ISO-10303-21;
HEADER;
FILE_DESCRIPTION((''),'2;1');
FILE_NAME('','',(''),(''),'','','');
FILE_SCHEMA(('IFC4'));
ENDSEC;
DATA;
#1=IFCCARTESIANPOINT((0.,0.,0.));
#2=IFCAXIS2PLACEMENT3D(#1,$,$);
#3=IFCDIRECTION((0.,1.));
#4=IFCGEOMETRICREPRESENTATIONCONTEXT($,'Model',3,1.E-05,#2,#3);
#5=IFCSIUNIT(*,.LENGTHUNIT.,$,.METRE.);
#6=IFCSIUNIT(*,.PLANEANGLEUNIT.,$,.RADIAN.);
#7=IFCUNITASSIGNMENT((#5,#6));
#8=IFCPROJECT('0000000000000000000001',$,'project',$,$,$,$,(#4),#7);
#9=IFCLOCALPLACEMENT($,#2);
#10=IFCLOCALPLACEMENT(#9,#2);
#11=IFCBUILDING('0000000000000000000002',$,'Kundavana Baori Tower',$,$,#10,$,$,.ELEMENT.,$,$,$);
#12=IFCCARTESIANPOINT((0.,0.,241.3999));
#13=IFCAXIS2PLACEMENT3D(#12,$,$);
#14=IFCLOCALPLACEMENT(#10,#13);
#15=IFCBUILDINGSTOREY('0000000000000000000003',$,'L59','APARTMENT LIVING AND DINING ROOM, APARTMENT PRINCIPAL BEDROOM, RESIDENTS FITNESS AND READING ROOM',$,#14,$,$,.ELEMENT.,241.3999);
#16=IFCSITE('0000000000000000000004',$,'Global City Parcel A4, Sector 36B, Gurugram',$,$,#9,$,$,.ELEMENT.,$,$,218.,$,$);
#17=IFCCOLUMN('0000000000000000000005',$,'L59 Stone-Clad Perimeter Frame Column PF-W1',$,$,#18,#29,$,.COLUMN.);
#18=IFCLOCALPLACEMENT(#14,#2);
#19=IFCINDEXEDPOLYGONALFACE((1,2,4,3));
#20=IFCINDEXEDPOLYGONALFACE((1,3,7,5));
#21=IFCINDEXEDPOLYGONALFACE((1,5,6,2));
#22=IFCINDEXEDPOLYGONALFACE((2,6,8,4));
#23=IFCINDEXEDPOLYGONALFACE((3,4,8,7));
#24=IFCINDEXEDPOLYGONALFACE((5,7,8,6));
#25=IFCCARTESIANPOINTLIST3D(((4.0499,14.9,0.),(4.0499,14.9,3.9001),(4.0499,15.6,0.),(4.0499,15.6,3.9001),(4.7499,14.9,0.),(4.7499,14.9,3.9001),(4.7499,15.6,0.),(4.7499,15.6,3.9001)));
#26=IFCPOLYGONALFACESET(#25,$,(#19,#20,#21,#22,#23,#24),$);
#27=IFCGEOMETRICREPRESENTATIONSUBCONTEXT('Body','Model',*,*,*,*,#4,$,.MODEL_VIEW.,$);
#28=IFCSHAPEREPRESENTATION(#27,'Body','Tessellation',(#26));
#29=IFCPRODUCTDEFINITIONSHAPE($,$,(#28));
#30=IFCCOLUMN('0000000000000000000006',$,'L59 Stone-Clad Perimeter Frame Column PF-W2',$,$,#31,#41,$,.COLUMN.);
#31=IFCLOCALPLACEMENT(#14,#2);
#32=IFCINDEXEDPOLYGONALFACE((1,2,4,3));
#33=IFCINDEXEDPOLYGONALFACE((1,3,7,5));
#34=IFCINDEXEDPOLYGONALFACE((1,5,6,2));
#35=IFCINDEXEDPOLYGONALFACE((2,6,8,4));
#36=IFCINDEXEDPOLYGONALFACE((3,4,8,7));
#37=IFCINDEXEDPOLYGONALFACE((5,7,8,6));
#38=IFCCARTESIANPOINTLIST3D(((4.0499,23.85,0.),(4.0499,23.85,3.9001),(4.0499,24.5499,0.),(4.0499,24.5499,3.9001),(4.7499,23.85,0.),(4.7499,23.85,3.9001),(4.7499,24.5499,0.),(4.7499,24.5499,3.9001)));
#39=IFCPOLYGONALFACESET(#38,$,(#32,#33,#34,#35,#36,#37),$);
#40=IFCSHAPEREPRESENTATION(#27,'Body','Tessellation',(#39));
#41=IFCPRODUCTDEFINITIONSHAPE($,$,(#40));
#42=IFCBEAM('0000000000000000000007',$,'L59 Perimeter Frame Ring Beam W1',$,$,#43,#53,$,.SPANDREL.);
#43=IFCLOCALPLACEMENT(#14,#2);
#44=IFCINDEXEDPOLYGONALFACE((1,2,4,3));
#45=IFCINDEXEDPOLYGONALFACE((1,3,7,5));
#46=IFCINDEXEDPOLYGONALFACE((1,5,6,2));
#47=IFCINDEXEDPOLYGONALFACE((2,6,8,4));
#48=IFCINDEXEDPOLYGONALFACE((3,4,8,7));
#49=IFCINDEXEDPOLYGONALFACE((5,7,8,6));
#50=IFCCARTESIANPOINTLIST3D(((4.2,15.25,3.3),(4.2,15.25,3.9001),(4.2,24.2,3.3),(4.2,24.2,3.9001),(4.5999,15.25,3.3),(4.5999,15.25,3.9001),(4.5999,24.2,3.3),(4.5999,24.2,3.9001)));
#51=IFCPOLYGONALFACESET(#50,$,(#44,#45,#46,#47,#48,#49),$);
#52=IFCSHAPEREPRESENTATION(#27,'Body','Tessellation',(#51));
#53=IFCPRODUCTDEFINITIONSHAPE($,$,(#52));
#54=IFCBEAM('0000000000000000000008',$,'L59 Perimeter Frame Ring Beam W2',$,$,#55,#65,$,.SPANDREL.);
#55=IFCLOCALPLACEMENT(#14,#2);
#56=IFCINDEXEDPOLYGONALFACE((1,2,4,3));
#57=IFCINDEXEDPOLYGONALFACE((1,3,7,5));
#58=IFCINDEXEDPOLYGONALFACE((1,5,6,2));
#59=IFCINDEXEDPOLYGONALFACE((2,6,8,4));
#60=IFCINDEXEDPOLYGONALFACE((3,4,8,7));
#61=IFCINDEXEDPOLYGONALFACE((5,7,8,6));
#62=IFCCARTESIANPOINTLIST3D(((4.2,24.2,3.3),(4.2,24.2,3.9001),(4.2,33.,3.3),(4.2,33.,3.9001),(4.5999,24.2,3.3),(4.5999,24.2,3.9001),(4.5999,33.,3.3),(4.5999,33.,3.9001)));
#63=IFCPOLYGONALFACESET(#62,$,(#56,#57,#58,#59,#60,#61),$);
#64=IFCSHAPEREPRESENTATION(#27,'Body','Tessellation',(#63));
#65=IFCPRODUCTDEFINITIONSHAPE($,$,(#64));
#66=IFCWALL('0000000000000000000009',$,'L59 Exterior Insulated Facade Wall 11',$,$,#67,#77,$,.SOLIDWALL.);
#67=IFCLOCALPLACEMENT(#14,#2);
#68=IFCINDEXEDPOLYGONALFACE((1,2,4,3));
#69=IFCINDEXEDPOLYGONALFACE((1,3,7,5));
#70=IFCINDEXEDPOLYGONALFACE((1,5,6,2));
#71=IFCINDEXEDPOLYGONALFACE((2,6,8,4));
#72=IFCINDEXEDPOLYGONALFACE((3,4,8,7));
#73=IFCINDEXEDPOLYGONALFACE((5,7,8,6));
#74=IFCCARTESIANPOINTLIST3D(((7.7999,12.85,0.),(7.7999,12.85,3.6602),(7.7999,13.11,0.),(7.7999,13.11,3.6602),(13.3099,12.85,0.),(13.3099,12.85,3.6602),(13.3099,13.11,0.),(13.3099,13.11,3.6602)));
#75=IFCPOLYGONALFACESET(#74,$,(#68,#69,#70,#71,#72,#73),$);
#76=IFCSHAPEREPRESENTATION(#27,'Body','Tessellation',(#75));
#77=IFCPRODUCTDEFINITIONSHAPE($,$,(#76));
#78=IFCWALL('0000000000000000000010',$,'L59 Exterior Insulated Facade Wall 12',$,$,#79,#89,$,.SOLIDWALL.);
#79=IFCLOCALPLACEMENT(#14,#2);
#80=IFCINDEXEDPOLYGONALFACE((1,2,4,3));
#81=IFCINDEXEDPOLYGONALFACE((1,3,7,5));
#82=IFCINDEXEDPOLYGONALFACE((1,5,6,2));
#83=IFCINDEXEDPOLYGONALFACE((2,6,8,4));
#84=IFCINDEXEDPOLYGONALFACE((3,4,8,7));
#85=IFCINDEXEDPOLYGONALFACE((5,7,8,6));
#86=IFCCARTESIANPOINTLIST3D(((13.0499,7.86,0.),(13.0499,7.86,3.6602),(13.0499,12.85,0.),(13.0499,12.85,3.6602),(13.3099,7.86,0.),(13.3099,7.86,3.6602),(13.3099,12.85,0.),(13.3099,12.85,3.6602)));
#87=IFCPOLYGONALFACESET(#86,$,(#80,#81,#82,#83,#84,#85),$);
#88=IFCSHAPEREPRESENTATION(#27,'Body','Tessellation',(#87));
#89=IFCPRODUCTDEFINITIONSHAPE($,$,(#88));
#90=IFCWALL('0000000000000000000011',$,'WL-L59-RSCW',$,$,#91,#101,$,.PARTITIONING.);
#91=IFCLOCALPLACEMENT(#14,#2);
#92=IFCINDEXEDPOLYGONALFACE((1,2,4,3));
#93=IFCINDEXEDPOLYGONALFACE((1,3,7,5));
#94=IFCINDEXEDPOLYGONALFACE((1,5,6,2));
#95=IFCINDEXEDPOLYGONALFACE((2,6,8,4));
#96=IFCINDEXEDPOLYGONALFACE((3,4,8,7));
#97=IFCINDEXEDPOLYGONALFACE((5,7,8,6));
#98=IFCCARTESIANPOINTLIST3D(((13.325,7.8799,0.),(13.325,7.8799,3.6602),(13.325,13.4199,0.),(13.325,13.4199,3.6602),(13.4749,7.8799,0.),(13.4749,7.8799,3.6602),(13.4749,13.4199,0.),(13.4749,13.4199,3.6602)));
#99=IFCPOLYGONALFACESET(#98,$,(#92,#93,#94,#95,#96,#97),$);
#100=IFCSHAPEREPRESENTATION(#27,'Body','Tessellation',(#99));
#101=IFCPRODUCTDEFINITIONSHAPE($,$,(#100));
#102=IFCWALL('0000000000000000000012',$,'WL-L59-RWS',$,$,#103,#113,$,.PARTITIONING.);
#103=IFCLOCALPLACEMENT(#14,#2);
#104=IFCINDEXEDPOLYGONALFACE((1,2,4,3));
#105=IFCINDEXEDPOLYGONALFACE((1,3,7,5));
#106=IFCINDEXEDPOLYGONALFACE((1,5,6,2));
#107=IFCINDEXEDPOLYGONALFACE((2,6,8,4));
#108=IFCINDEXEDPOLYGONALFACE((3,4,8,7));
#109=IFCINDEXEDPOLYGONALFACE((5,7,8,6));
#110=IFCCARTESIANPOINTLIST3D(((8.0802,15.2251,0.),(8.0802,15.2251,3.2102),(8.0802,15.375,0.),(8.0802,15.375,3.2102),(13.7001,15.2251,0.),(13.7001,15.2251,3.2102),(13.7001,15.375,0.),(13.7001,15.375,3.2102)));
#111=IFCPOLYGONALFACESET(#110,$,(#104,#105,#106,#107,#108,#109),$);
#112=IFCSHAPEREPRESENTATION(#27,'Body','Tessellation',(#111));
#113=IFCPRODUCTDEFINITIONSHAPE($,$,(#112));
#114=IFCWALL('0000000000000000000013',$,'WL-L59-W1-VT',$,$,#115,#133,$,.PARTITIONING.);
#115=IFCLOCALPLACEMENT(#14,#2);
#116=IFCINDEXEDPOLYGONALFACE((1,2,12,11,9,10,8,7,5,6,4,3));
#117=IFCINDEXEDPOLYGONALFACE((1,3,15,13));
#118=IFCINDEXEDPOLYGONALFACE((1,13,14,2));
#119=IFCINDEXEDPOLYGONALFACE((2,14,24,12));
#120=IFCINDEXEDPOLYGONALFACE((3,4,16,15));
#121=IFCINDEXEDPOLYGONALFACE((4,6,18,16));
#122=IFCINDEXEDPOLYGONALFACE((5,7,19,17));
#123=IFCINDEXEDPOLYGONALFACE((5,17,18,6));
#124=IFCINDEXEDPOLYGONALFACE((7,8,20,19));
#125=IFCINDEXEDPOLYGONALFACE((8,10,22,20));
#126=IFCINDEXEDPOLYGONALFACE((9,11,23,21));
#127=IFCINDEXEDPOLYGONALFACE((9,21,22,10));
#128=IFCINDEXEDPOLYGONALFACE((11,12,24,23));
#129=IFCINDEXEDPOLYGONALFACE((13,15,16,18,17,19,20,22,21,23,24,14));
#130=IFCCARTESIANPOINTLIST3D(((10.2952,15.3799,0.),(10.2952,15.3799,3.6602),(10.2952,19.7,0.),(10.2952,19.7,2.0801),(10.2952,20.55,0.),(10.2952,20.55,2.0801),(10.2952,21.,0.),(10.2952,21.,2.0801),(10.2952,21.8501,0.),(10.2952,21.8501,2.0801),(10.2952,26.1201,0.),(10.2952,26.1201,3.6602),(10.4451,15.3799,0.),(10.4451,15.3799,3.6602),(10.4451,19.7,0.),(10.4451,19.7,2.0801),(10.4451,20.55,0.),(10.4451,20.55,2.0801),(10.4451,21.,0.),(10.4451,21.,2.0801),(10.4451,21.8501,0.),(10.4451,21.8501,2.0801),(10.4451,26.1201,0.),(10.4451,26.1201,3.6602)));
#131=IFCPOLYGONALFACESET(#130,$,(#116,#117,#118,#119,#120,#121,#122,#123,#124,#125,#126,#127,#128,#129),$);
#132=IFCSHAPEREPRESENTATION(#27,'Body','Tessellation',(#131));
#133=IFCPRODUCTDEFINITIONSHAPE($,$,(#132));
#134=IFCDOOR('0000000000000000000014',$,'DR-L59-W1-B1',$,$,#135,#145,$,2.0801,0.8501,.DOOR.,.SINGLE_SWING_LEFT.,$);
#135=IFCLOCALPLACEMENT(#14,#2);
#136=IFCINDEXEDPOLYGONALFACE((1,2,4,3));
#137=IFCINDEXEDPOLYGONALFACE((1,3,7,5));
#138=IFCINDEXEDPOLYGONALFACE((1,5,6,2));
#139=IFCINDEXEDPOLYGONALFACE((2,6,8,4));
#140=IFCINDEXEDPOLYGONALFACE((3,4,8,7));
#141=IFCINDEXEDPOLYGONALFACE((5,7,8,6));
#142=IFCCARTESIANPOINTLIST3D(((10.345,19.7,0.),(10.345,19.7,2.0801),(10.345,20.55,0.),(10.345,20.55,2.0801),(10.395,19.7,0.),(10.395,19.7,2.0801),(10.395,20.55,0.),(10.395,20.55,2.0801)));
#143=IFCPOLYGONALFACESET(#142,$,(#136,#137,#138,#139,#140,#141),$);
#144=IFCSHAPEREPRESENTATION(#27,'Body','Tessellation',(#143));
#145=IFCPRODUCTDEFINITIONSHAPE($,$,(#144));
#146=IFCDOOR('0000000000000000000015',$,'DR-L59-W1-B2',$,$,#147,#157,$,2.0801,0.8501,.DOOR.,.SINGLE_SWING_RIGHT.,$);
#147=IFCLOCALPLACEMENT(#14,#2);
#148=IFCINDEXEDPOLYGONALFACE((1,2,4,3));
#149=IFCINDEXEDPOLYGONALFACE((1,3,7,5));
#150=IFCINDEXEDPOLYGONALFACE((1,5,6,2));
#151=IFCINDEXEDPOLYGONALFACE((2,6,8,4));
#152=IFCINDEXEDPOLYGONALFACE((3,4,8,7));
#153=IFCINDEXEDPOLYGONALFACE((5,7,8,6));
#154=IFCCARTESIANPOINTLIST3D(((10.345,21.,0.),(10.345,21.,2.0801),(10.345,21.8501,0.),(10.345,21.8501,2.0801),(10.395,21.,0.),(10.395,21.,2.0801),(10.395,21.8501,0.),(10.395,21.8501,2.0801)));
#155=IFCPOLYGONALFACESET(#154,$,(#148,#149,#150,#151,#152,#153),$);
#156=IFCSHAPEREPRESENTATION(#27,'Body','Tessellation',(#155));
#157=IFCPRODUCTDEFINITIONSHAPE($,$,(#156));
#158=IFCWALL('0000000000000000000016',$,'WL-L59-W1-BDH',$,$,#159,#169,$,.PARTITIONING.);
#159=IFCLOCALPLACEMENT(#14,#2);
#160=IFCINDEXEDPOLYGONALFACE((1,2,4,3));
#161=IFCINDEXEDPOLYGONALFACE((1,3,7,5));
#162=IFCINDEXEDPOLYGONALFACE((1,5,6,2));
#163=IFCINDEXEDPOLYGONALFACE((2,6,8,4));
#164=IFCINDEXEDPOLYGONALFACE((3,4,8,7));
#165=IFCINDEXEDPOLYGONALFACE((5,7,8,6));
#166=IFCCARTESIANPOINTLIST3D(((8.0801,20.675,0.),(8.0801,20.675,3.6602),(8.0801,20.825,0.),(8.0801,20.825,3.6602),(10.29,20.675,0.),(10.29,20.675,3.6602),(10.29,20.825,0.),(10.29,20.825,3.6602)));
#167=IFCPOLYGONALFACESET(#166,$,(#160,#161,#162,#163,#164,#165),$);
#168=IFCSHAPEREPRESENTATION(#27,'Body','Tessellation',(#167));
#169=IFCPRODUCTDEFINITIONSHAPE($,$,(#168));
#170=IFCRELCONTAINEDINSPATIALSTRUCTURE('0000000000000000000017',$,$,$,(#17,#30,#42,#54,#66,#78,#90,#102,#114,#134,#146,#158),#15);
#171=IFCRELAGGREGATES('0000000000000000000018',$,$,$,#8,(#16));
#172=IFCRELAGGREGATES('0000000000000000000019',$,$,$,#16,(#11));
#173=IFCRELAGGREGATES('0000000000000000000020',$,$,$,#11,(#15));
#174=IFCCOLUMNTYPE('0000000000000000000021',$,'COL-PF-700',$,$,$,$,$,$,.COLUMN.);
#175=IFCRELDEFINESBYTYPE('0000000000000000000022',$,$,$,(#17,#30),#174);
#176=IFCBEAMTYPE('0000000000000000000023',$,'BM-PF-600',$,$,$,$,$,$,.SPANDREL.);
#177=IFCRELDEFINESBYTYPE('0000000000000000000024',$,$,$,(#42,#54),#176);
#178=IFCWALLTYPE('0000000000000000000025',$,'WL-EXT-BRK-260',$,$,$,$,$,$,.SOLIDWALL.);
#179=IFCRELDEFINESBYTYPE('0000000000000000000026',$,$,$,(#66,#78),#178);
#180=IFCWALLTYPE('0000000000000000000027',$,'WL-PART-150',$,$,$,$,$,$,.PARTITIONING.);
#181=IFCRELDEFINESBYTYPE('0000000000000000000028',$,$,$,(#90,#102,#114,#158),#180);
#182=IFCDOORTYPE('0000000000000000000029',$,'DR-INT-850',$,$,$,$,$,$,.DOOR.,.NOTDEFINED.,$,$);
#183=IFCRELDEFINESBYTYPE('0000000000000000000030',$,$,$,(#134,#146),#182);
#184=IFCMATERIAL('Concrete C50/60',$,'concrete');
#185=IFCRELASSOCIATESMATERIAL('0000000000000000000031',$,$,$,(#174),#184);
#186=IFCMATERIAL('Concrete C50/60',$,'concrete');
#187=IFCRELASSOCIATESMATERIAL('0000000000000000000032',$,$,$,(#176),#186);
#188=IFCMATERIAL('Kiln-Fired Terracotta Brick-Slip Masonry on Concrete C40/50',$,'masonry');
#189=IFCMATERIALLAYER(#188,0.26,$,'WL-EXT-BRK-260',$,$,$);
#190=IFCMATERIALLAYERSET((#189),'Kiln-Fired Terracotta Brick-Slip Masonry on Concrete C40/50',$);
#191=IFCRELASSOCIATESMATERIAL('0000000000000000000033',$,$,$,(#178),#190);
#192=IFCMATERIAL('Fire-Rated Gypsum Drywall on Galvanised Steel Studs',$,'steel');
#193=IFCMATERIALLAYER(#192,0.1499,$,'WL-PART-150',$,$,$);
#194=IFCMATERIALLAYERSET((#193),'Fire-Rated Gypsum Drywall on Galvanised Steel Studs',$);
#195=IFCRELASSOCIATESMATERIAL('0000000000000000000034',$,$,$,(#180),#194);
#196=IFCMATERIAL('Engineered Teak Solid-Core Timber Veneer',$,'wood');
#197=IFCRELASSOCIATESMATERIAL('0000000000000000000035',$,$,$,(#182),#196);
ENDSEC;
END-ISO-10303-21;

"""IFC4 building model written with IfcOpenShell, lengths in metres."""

from ifc_helpers import new_model, si_unit, direction, frame, frame_2d, origin, origin_2d, place, context, subcontext, project, spatial, rectangle, extrude, material, layer, layer_set, material_profile, profile_set, type_object, element, fill, save


model = new_model("IFC4")

# Units and contexts
model_context = context("Model", 3, precision=1e-05, world=origin(), true_north=direction((0.0, 1.0)))
body_context = subcontext(model_context, "Body", "Model", "MODEL_VIEW")
ifc_project = project(units=[si_unit("LENGTHUNIT", "METRE"), si_unit("PLANEANGLEUNIT", "RADIAN")], contexts=[model_context])

# Site, building, storey
site_placement = place(None, origin())
site = spatial("IfcSite", under=ifc_project, at=site_placement, Name="Global City Parcel A4, Sector 36B, Gurugram", CompositionType="ELEMENT", RefElevation=218.0)
building_placement = place(site_placement, origin())
building = spatial("IfcBuilding", under=site, at=building_placement, Name="Kundavana Baori Tower", CompositionType="ELEMENT")
storey_placement = place(building_placement, frame((0.0, 0.0, 241.3999)))
storey = spatial("IfcBuildingStorey", under=building, at=storey_placement, Name="L59", Description="APARTMENT LIVING AND DINING ROOM, APARTMENT PRINCIPAL BEDROOM, RESIDENTS FITNESS AND READING ROOM", CompositionType="ELEMENT", Elevation=241.3999)

# Columns
ifc_material_1 = material(Name="Concrete C50/60", Category="concrete")
ifc_material_profile_1 = material_profile(ifc_material_1, rectangle(XDim=0.7, YDim=0.7, at=origin_2d()), Name="RC PF 700x700")
ifc_profile_set_1 = profile_set([ifc_material_profile_1], Name="Concrete C50/60")
column_type = type_object("IfcColumnType", Name="COL-PF-700", PredefinedType="COLUMN", material=ifc_profile_set_1)
for number, where, z_axis, x_axis, name in (
    (1, (4.3999, 15.25, 0.0), (0.0, 0.0, 1.0), (1.0, 0.0, 0.0), "L59 Stone-Clad Perimeter Frame Column PF-W1"),
    (2, (4.3999, 24.2, 0.0), (0.0, 0.0, 1.0), (1.0, 0.0, 0.0), "L59 Stone-Clad Perimeter Frame Column PF-W2"),
):
    element("IfcColumn", number, at=place(storey_placement, frame(where, z_axis=z_axis, x_axis=x_axis)), inside=storey, type_object=column_type, Name=name, PredefinedType="COLUMN", context=body_context, shape_type="SweptSolid", body=[
        extrude(rectangle(XDim=0.7, YDim=0.7, at=origin_2d()), origin(), (0.0, 0.0, 1.0), 3.9001),
    ])

# Beams
ifc_material_2 = material(Name="Concrete C50/60", Category="concrete")
ifc_material_profile_2 = material_profile(ifc_material_2, rectangle(XDim=0.3999, YDim=0.6001, at=origin_2d()), Name="RC BM 400x600")
ifc_profile_set_2 = profile_set([ifc_material_profile_2], Name="Concrete C50/60")
beam_type = type_object("IfcBeamType", Name="BM-PF-600", PredefinedType="SPANDREL", material=ifc_profile_set_2)
beam_1_placement = place(storey_placement, frame((4.3999, 15.25, 3.6001), z_axis=(0.0, 1.0, 0.0), x_axis=(-1.0, 0.0, 0.0)))
element("IfcBeam", 3, at=beam_1_placement, inside=storey, type_object=beam_type, Name="L59 Perimeter Frame Ring Beam W1", PredefinedType="SPANDREL", context=body_context, shape_type="SweptSolid", body=[
    extrude(rectangle(XDim=0.3999, YDim=0.6001, at=origin_2d()), origin(), (0.0, 0.0, 1.0), 8.95),
])
beam_2_placement = place(storey_placement, frame((4.3999, 24.2, 3.6001), z_axis=(0.0, 1.0, 0.0), x_axis=(-1.0, 0.0, 0.0)))
element("IfcBeam", 4, at=beam_2_placement, inside=storey, type_object=beam_type, Name="L59 Perimeter Frame Ring Beam W2", PredefinedType="SPANDREL", context=body_context, shape_type="SweptSolid", body=[
    extrude(rectangle(XDim=0.3999, YDim=0.6001, at=origin_2d()), origin(), (0.0, 0.0, 1.0), 8.8),
])

# Walls
ifc_material_3 = material(Name="Kiln-Fired Terracotta Brick-Slip Masonry on Concrete C40/50", Category="masonry")
ifc_layer_1 = layer(ifc_material_3, 0.26, Name="WL-EXT-BRK-260")
ifc_layer_set_1 = layer_set([ifc_layer_1], Name="Kiln-Fired Terracotta Brick-Slip Masonry on Concrete C40/50")
wall_type_1 = type_object("IfcWallType", Name="WL-EXT-BRK-260", PredefinedType="SOLIDWALL", material=ifc_layer_set_1)
wall_1_placement = place(storey_placement, frame((7.8, 12.98, 0.0), z_axis=(0.0, 0.0, 1.0), x_axis=(1.0, 0.0, 0.0)))
element("IfcWall", 5, at=wall_1_placement, inside=storey, type_object=wall_type_1, Name="L59 Exterior Insulated Facade Wall 11", PredefinedType="SOLIDWALL", context=body_context, shape_type="SweptSolid", body=[
    extrude(rectangle(XDim=5.51, YDim=0.26, at=frame_2d((2.7549, 0.0))), origin(), (0.0, 0.0, 1.0), 3.6602),
])
wall_2_placement = place(storey_placement, frame((13.1799, 12.8501, 0.0), z_axis=(0.0, 0.0, 1.0), x_axis=(0.0, -1.0, 0.0)))
element("IfcWall", 6, at=wall_2_placement, inside=storey, type_object=wall_type_1, Name="L59 Exterior Insulated Facade Wall 12", PredefinedType="SOLIDWALL", context=body_context, shape_type="SweptSolid", body=[
    extrude(rectangle(XDim=4.99, YDim=0.26, at=frame_2d((2.4951, 0.0))), origin(), (0.0, 0.0, 1.0), 3.6602),
])
ifc_material_4 = material(Name="Fire-Rated Gypsum Drywall on Galvanised Steel Studs", Category="steel")
ifc_layer_2 = layer(ifc_material_4, 0.1499, Name="WL-PART-150")
ifc_layer_set_2 = layer_set([ifc_layer_2], Name="Fire-Rated Gypsum Drywall on Galvanised Steel Studs")
wall_type_2 = type_object("IfcWallType", Name="WL-PART-150", PredefinedType="PARTITIONING", material=ifc_layer_set_2)
wall_3_placement = place(storey_placement, frame((13.3999, 7.8799, 0.0), z_axis=(0.0, 0.0, 1.0), x_axis=(0.0, 1.0, 0.0)))
element("IfcWall", 7, at=wall_3_placement, inside=storey, type_object=wall_type_2, Name="WL-L59-RSCW", PredefinedType="PARTITIONING", context=body_context, shape_type="SweptSolid", body=[
    extrude(rectangle(XDim=5.54, YDim=0.1499, at=frame_2d((2.77, 0.0))), origin(), (0.0, 0.0, 1.0), 3.6602),
])
wall_4_placement = place(storey_placement, frame((8.0801, 15.3, 0.0), z_axis=(0.0, 0.0, 1.0), x_axis=(1.0, 0.0, 0.0)))
element("IfcWall", 8, at=wall_4_placement, inside=storey, type_object=wall_type_2, Name="WL-L59-RWS", PredefinedType="PARTITIONING", context=body_context, shape_type="SweptSolid", body=[
    extrude(rectangle(XDim=5.6199, YDim=0.1499, at=frame_2d((2.8101, 0.0))), origin(), (0.0, 0.0, 1.0), 3.2102),
])

# Wall, openings, doors
wall_5_placement = place(storey_placement, frame((10.3701, 15.3799, 0.0), z_axis=(0.0, 0.0, 1.0), x_axis=(0.0, 1.0, 0.0)))
wall_5 = element("IfcWall", 9, at=wall_5_placement, inside=storey, type_object=wall_type_2, Name="WL-L59-W1-VT", PredefinedType="PARTITIONING", context=body_context, shape_type="SweptSolid", body=[
    extrude(rectangle(XDim=10.7402, YDim=0.1499, at=frame_2d((5.3701, 0.0))), origin(), (0.0, 0.0, 1.0), 3.6602),
])
opening_1_placement = place(wall_5_placement, frame((4.3201, 0.0, 0.0)))
opening_1 = element("IfcOpeningElement", 10, at=opening_1_placement, cuts=wall_5, PredefinedType="OPENING", context=body_context, shape_type="SweptSolid", body=[
    extrude(rectangle(XDim=0.8501, YDim=2.0801, at=frame_2d((0.425, 1.04))), frame((0.0, 0.085, 0.0), z_axis=(0.0, -1.0, 0.0), x_axis=(1.0, 0.0, 0.0)), (0.0, 0.0, 1.0), 0.1699),
])
opening_2_placement = place(wall_5_placement, frame((5.6201, 0.0, 0.0)))
opening_2 = element("IfcOpeningElement", 11, at=opening_2_placement, cuts=wall_5, PredefinedType="OPENING", context=body_context, shape_type="SweptSolid", body=[
    extrude(rectangle(XDim=0.8501, YDim=2.0801, at=frame_2d((0.425, 1.04))), frame((0.0, 0.085, 0.0), z_axis=(0.0, -1.0, 0.0), x_axis=(1.0, 0.0, 0.0)), (0.0, 0.0, 1.0), 0.1699),
])
ifc_material_5 = material(Name="Engineered Teak Solid-Core Timber Veneer", Category="wood")
door_type_1 = type_object("IfcDoorType", Name="DR-INT-850", OperationType="NOTDEFINED", PredefinedType="DOOR", material=ifc_material_5)
door_1_placement = place(opening_1_placement, frame((0.8501, 0.0, 0.0), z_axis=(0.0, 0.0, 1.0), x_axis=(-1.0, 0.0, 0.0)))
door_1 = element("IfcDoor", 12, at=door_1_placement, inside=storey, type_object=door_type_1, Name="DR-L59-W1-B1", OperationType="SINGLE_SWING_LEFT", OverallHeight=2.0801, OverallWidth=0.8501, PredefinedType="DOOR", context=body_context, shape_type="SweptSolid", body=[
    extrude(rectangle(XDim=0.8501, YDim=2.0801, at=frame_2d((0.425, 1.04))), frame((0.0, 0.0249, 0.0), z_axis=(0.0, -1.0, 0.0), x_axis=(1.0, 0.0, 0.0)), (0.0, 0.0, 1.0), 0.05),
])
fill(opening_1, door_1)
door_2_placement = place(opening_2_placement, frame((0.8501, 0.0, 0.0), z_axis=(0.0, 0.0, 1.0), x_axis=(-1.0, 0.0, 0.0)))
door_2 = element("IfcDoor", 13, at=door_2_placement, inside=storey, type_object=door_type_1, Name="DR-L59-W1-B2", OperationType="SINGLE_SWING_RIGHT", OverallHeight=2.0801, OverallWidth=0.8501, PredefinedType="DOOR", context=body_context, shape_type="SweptSolid", body=[
    extrude(rectangle(XDim=0.8501, YDim=2.0801, at=frame_2d((0.425, 1.04))), frame((0.0, 0.0249, 0.0), z_axis=(0.0, -1.0, 0.0), x_axis=(1.0, 0.0, 0.0)), (0.0, 0.0, 1.0), 0.05),
])
fill(opening_2, door_2)

# Wall
wall_6_placement = place(storey_placement, frame((8.0801, 20.75, 0.0), z_axis=(0.0, 0.0, 1.0), x_axis=(1.0, 0.0, 0.0)))
element("IfcWall", 14, at=wall_6_placement, inside=storey, type_object=wall_type_2, Name="WL-L59-W1-BDH", PredefinedType="PARTITIONING", context=body_context, shape_type="SweptSolid", body=[
    extrude(rectangle(XDim=2.21, YDim=0.1499, at=frame_2d((1.105, 0.0))), origin(), (0.0, 0.0, 1.0), 3.6602),
])

save(model, "model.ifc")
